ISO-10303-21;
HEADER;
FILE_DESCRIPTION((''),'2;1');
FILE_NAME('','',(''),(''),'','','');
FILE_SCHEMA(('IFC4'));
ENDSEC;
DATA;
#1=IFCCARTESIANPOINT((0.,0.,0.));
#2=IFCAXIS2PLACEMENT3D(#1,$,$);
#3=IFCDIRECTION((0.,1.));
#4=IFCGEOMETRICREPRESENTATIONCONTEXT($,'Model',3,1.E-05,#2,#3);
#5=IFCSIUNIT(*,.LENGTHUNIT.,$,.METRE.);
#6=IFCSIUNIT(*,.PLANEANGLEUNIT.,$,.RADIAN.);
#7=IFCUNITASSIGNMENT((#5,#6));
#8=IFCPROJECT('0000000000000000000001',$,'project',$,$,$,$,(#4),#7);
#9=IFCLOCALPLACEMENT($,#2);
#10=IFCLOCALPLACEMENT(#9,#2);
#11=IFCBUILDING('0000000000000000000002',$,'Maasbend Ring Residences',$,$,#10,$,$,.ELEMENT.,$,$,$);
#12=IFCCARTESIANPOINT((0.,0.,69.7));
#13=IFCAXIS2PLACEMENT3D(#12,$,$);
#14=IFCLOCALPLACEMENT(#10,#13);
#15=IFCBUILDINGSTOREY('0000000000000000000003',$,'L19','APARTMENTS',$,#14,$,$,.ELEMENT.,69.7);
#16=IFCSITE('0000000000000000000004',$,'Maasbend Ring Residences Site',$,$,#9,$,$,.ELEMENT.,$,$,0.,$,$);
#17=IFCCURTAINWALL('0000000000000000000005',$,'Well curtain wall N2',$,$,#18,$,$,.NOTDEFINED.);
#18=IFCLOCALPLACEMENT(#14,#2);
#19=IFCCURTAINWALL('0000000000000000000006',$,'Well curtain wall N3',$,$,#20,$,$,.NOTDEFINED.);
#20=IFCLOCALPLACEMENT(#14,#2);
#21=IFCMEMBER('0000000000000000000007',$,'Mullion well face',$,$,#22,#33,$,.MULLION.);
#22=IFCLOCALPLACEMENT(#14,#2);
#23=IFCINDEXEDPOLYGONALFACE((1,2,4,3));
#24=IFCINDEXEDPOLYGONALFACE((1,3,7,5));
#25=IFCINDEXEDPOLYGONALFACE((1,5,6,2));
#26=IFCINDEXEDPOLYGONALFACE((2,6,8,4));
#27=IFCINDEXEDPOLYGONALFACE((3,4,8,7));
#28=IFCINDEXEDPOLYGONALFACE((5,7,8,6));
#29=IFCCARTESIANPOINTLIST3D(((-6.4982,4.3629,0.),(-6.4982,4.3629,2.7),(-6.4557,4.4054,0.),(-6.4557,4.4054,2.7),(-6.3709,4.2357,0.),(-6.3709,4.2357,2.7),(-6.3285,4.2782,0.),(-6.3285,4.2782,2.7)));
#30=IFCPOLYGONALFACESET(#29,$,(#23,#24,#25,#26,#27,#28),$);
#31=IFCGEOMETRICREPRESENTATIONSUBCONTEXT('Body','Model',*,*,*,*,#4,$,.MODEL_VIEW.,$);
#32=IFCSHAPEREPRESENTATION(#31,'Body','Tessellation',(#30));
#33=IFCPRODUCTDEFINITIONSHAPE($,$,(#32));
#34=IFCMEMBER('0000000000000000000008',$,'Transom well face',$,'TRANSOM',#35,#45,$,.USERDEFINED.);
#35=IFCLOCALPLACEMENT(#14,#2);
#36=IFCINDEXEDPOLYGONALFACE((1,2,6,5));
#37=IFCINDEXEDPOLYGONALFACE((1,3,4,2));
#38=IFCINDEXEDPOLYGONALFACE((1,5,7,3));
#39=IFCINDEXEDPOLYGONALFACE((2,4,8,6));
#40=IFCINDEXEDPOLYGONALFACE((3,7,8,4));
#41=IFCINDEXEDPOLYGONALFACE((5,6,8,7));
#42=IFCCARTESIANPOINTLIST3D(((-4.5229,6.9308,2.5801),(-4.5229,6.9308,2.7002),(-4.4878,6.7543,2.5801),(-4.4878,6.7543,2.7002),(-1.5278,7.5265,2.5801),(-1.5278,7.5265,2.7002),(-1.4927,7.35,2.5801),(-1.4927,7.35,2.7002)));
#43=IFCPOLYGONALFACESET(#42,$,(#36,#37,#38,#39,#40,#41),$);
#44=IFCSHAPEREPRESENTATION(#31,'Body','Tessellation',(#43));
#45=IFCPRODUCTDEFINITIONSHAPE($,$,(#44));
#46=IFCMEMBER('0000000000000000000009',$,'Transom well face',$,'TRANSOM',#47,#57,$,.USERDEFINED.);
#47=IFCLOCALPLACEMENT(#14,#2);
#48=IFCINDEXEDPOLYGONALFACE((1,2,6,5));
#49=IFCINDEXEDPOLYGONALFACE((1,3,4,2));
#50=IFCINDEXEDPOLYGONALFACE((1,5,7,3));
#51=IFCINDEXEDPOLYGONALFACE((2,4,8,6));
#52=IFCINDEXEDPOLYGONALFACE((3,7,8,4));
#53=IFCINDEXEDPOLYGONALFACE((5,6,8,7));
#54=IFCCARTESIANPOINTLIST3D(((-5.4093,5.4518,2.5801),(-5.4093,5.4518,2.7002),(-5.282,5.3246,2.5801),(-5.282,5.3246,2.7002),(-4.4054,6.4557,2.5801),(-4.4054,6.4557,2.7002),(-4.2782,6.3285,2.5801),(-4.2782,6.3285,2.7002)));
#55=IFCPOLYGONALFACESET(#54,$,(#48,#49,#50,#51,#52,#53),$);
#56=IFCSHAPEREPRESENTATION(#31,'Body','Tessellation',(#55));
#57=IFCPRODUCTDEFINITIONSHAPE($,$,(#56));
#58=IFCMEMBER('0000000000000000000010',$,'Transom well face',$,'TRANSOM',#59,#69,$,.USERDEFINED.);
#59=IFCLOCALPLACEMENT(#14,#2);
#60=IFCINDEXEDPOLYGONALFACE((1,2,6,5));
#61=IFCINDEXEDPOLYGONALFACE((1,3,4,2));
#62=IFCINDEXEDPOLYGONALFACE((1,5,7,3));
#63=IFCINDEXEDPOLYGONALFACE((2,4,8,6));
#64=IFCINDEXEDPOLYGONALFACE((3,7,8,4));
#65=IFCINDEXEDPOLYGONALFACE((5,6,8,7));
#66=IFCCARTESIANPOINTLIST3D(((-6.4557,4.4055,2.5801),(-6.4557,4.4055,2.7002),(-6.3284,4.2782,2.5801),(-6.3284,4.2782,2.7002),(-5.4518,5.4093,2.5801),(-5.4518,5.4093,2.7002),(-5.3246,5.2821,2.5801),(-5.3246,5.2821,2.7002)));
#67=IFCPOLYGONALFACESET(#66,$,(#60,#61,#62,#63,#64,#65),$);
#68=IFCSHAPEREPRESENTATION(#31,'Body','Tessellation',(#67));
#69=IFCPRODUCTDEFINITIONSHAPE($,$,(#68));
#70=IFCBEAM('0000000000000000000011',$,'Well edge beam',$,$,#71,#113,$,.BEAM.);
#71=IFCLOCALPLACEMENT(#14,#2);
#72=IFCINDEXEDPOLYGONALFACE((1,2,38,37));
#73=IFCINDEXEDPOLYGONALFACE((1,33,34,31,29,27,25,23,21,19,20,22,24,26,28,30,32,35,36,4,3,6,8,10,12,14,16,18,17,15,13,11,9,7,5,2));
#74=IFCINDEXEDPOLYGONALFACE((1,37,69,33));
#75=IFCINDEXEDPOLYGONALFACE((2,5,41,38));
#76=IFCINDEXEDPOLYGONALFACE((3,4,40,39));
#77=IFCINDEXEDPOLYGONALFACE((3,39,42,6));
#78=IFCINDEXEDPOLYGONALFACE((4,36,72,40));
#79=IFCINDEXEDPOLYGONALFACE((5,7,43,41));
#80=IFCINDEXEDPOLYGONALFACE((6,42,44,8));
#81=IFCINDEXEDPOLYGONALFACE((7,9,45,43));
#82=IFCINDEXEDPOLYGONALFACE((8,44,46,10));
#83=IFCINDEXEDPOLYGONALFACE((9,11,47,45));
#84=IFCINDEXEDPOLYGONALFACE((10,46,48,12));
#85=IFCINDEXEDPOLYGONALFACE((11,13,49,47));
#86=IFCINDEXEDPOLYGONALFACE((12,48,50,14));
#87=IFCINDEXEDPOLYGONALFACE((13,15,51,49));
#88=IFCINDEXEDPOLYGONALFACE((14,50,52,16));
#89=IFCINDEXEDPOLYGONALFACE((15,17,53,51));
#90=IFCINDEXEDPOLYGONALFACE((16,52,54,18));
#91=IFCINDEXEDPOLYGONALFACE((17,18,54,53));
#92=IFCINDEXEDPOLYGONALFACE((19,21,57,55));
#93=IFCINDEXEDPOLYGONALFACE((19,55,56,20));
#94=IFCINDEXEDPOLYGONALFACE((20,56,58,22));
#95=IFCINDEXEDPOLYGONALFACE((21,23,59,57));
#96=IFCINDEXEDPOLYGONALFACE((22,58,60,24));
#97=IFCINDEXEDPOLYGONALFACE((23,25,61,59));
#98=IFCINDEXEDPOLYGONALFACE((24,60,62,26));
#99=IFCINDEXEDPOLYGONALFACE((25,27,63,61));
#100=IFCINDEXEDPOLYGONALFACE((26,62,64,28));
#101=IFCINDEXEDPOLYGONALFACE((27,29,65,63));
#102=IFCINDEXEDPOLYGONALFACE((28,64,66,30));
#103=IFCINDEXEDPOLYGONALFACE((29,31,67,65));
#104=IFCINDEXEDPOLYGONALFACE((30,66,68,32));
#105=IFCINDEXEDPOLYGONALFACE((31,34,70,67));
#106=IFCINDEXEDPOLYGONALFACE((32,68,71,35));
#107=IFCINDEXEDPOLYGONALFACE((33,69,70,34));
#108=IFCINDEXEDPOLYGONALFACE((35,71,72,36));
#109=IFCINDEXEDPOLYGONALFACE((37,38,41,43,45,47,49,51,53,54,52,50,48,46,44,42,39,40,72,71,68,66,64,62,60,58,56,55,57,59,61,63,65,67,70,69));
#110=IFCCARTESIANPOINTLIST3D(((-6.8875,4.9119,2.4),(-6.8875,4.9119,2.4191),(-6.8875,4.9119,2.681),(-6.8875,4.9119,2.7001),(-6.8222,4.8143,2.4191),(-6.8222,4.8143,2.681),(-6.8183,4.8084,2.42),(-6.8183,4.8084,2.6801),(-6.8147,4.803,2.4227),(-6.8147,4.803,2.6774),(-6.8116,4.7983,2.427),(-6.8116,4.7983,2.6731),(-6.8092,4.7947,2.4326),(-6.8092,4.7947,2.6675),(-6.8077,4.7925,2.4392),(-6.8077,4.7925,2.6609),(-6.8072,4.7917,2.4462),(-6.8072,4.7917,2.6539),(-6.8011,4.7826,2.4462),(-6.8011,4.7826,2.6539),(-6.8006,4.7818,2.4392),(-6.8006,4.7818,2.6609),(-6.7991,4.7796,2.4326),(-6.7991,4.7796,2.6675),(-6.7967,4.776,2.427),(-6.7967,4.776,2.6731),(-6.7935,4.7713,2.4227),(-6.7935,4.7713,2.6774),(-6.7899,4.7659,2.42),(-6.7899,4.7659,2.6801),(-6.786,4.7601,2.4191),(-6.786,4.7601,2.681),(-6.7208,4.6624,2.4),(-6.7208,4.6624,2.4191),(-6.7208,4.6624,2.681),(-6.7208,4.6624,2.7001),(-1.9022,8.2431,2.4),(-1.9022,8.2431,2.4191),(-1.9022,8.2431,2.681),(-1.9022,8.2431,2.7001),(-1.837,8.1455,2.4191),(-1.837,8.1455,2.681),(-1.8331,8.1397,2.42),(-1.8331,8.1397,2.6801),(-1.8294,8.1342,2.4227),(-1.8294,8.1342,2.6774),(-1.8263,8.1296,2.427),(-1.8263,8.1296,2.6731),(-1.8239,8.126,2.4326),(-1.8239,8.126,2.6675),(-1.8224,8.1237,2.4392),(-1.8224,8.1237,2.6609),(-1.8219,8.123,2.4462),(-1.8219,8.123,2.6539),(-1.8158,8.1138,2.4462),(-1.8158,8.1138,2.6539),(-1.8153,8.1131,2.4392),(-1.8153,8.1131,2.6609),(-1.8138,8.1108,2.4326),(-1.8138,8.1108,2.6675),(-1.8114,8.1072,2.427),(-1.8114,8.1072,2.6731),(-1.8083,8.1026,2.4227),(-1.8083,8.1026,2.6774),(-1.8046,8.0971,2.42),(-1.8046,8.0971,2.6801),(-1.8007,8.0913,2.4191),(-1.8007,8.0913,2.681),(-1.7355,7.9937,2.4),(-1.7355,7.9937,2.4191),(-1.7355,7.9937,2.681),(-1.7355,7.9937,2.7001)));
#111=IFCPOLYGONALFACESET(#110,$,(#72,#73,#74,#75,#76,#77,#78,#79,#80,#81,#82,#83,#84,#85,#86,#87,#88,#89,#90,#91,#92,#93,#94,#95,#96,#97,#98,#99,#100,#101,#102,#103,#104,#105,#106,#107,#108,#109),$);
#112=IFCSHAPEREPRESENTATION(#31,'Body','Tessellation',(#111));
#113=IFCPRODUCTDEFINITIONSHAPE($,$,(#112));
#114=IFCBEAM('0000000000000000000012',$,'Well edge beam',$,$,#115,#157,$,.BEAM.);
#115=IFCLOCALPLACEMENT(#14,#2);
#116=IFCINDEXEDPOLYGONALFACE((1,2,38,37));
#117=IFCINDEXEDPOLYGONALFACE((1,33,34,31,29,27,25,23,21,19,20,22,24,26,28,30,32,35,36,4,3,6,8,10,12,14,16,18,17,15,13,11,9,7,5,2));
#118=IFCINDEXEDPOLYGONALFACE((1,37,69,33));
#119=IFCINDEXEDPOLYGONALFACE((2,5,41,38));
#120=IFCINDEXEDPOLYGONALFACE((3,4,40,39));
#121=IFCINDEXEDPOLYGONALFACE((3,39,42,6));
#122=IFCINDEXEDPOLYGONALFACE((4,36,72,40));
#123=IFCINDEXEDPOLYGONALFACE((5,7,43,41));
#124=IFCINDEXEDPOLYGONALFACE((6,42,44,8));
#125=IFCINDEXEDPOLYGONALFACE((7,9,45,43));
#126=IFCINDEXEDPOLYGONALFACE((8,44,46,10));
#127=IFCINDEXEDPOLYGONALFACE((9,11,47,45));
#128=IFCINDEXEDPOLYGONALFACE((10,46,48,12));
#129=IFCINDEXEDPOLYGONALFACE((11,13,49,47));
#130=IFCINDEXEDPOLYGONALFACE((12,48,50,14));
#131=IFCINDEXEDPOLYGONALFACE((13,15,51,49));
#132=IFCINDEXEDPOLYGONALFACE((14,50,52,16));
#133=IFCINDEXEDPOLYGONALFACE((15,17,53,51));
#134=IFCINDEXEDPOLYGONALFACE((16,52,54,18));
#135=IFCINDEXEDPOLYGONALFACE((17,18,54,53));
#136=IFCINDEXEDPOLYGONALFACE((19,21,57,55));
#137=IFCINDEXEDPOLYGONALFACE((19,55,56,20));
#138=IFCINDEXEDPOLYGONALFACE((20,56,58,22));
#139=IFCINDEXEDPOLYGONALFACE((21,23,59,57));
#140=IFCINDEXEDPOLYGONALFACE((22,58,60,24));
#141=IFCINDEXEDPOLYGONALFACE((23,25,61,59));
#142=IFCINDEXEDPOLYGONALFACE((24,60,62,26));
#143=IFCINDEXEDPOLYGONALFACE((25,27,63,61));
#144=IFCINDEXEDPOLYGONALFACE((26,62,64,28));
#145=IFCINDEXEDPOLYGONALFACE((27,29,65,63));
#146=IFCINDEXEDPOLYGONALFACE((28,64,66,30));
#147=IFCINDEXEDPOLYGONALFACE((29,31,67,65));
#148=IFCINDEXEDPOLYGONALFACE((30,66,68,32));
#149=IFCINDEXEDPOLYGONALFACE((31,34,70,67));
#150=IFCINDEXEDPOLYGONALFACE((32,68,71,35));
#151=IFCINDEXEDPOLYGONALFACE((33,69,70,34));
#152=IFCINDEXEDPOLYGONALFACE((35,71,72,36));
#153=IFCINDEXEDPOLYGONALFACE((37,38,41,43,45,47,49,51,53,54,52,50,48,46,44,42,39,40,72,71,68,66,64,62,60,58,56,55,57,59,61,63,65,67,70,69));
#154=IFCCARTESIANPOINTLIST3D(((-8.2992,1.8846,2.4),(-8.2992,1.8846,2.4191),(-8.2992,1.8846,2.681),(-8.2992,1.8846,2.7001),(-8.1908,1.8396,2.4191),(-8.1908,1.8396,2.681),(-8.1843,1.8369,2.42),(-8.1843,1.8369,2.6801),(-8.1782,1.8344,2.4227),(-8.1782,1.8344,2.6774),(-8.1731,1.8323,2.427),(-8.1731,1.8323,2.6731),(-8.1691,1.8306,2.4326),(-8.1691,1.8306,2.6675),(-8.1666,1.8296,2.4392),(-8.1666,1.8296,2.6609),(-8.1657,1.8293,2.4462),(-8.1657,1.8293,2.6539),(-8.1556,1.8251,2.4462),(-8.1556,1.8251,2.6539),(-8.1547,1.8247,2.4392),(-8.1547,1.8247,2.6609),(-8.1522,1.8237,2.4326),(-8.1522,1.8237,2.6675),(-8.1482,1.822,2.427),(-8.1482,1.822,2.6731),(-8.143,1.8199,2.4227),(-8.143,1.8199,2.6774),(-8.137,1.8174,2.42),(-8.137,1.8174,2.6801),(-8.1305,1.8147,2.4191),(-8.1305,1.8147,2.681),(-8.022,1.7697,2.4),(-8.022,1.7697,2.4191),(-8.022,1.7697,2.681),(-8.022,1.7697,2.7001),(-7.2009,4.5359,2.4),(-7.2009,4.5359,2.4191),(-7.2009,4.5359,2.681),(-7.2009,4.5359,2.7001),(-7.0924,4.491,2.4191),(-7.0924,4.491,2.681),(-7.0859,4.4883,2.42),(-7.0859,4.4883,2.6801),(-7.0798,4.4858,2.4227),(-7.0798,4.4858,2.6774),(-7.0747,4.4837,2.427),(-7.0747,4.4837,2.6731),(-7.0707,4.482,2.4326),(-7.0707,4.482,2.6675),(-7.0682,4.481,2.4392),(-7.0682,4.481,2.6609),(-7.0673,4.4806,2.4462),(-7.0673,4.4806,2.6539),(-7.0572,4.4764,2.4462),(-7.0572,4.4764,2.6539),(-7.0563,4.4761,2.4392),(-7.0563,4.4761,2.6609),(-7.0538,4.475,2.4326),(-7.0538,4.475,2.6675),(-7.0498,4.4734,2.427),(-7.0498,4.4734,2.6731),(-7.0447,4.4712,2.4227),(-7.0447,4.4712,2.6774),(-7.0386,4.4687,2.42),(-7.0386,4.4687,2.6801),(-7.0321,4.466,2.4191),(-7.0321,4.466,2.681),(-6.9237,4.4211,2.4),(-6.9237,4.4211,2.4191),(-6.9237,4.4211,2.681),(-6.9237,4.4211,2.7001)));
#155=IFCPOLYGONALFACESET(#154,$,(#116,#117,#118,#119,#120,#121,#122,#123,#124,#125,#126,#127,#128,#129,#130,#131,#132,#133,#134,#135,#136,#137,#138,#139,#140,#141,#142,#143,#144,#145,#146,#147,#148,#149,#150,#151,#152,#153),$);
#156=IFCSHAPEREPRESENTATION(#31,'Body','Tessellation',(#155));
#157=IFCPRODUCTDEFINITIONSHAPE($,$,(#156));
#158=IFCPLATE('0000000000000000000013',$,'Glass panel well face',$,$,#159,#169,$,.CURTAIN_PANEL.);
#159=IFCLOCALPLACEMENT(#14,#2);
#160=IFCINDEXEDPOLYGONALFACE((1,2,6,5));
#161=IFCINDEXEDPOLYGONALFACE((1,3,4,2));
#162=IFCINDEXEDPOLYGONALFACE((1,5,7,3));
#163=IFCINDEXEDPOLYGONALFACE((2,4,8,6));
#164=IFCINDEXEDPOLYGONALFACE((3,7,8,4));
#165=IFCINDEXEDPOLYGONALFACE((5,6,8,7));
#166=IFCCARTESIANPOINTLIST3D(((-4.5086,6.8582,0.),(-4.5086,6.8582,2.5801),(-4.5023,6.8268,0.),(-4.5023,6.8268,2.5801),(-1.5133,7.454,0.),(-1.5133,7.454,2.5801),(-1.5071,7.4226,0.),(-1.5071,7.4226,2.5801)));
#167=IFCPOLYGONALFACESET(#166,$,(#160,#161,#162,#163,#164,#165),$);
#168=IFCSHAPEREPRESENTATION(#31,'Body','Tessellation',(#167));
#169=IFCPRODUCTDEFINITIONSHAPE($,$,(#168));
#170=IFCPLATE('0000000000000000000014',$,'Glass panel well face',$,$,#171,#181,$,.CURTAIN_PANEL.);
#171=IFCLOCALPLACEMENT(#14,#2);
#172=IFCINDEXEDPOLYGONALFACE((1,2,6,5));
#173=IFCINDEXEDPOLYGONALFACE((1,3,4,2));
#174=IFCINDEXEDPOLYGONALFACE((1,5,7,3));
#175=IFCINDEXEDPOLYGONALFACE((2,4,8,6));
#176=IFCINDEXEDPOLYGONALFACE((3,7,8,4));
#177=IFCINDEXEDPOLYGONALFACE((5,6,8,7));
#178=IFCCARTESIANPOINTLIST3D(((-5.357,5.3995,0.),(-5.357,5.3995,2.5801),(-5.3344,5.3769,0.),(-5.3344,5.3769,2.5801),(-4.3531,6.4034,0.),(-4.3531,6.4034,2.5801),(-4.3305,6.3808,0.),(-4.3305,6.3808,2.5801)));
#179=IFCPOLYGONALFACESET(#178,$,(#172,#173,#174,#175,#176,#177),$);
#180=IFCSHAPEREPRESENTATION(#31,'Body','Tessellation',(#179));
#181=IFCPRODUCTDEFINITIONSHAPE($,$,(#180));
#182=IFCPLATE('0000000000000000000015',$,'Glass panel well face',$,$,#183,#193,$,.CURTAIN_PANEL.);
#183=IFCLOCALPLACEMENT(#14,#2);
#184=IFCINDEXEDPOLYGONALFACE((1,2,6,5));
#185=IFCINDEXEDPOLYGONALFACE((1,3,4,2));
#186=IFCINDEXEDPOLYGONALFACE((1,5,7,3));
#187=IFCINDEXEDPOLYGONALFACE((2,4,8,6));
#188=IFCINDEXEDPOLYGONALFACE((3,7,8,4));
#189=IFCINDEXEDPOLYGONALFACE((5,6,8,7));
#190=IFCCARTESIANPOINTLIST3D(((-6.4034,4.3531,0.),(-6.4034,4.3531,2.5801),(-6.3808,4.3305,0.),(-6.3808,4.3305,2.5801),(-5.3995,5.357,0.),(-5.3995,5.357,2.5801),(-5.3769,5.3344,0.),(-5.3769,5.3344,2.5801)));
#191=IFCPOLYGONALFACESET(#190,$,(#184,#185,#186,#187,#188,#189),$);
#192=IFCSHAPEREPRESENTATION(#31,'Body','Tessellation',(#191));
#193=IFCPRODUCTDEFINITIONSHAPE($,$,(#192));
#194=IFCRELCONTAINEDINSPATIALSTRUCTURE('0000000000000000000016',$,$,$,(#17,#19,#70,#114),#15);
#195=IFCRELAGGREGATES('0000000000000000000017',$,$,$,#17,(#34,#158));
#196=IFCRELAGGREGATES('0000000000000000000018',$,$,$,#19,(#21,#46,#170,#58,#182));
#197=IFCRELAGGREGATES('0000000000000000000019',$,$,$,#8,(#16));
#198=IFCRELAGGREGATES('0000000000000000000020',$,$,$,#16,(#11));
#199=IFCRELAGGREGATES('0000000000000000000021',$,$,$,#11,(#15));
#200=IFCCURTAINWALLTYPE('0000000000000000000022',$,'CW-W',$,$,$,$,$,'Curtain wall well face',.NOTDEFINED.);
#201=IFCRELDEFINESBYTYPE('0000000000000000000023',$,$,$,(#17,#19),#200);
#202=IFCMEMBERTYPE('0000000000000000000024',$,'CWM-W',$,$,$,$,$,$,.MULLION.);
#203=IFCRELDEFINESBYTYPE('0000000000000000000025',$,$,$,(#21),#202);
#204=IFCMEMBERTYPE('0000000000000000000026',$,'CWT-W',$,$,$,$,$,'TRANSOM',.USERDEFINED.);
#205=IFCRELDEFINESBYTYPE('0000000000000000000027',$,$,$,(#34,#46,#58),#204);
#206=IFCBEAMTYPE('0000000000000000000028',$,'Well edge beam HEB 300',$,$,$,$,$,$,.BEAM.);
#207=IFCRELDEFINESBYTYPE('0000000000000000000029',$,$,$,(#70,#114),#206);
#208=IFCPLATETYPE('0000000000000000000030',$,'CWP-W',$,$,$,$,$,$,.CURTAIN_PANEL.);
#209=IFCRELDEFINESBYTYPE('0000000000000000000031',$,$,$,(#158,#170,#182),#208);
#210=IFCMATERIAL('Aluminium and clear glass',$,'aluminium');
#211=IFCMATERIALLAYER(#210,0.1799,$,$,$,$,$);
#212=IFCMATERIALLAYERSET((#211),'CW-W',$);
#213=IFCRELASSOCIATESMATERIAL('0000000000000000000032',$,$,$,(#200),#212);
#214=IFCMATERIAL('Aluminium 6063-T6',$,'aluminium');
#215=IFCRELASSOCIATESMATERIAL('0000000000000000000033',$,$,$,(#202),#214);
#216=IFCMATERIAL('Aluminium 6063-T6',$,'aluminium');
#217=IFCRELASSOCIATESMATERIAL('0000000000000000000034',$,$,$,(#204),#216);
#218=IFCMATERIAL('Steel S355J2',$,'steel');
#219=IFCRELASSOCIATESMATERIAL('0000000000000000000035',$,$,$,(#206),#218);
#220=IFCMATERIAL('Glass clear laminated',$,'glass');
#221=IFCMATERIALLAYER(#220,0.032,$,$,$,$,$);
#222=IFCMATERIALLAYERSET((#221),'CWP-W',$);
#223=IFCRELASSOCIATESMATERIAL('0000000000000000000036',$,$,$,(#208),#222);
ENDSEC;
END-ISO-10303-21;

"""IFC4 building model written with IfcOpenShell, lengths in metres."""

from ifc_helpers import new_model, si_unit, direction, frame, origin, origin_2d, place, context, subcontext, project, spatial, rectangle, i_section, extrude, material, layer, layer_set, material_profile, profile_set, type_object, element, aggregate, save


model = new_model("IFC4")

# Units and contexts
model_context = context("Model", 3, precision=1e-05, world=origin(), true_north=direction((0.0, 1.0)))
body_context = subcontext(model_context, "Body", "Model", "MODEL_VIEW")
ifc_project = project(units=[si_unit("LENGTHUNIT", "METRE"), si_unit("PLANEANGLEUNIT", "RADIAN")], contexts=[model_context])

# Site, building, storey
site_placement = place(None, origin())
site = spatial("IfcSite", under=ifc_project, at=site_placement, Name="Maasbend Ring Residences Site", CompositionType="ELEMENT", RefElevation=0.0)
building_placement = place(site_placement, origin())
building = spatial("IfcBuilding", under=site, at=building_placement, Name="Maasbend Ring Residences", CompositionType="ELEMENT")
storey_placement = place(building_placement, frame((0.0, 0.0, 69.7)))
storey = spatial("IfcBuildingStorey", under=building, at=storey_placement, Name="L19", Description="APARTMENTS", CompositionType="ELEMENT", Elevation=69.7)

# Curtain walls, member
ifc_material_1 = material(Name="Aluminium and clear glass", Category="aluminium")
ifc_layer_1 = layer(ifc_material_1, 0.1799)
ifc_layer_set_1 = layer_set([ifc_layer_1], Name="CW-W")
curtain_wall_type = type_object("IfcCurtainWallType", Name="CW-W", ElementType="Curtain wall well face", PredefinedType="NOTDEFINED", material=ifc_layer_set_1)
curtain_wall_1_placement = place(storey_placement, origin())
curtain_wall_1 = element("IfcCurtainWall", 1, at=curtain_wall_1_placement, inside=storey, type_object=curtain_wall_type, Name="Well curtain wall N2", PredefinedType="NOTDEFINED")
ifc_material_2 = material(Name="Aluminium 6063-T6", Category="aluminium")
ifc_material_profile_1 = material_profile(ifc_material_2, rectangle(XDim=0.1799, YDim=0.0601, at=origin_2d()), Name="AL 180x60")
ifc_profile_set_1 = profile_set([ifc_material_profile_1], Name="Aluminium 6063-T6")
member_type_1 = type_object("IfcMemberType", Name="CWM-W", PredefinedType="MULLION", material=ifc_profile_set_1)
curtain_wall_2_placement = place(storey_placement, origin())
curtain_wall_2 = element("IfcCurtainWall", 2, at=curtain_wall_2_placement, inside=storey, type_object=curtain_wall_type, Name="Well curtain wall N3", PredefinedType="NOTDEFINED")
member_1_placement = place(storey_placement, frame((-6.4133, 4.3206, 0.0), z_axis=(0.0, 0.0, 1.0), x_axis=(0.707107, -0.707107, 0.0)))
member_1 = element("IfcMember", 3, at=member_1_placement, type_object=member_type_1, Name="Mullion well face", PredefinedType="MULLION", context=body_context, shape_type="SweptSolid", body=[
    extrude(rectangle(XDim=0.1799, YDim=0.0601, at=origin_2d()), origin(), (0.0, 0.0, 1.0), 2.7),
])

# Members
ifc_material_3 = material(Name="Aluminium 6063-T6", Category="aluminium")
ifc_material_profile_2 = material_profile(ifc_material_3, rectangle(XDim=0.1799, YDim=0.1201, at=origin_2d()), Name="AL 180x120")
ifc_profile_set_2 = profile_set([ifc_material_profile_2], Name="Aluminium 6063-T6")
member_type_2 = type_object("IfcMemberType", Name="CWT-W", ElementType="TRANSOM", PredefinedType="USERDEFINED", material=ifc_profile_set_2)
member_2_placement = place(storey_placement, frame((-1.5103, 7.4382, 2.6401), z_axis=(-0.980789, -0.195071, 0.0), x_axis=(0.195071, -0.980789, 0.0)))
member_2 = element("IfcMember", 4, at=member_2_placement, type_object=member_type_2, Name="Transom well face", ObjectType="TRANSOM", PredefinedType="USERDEFINED", context=body_context, shape_type="SweptSolid", body=[
    extrude(rectangle(XDim=0.1799, YDim=0.1201, at=origin_2d()), origin(), (0.0, 0.0, 1.0), 3.0537),
])
member_3_placement = place(storey_placement, frame((-4.3418, 6.3921, 2.6401), z_axis=(-0.707107, -0.707107, 0.0), x_axis=(0.707107, -0.707107, 0.0)))
member_3 = element("IfcMember", 5, at=member_3_placement, type_object=member_type_2, Name="Transom well face", ObjectType="TRANSOM", PredefinedType="USERDEFINED", context=body_context, shape_type="SweptSolid", body=[
    extrude(rectangle(XDim=0.1799, YDim=0.1201, at=origin_2d()), origin(), (0.0, 0.0, 1.0), 1.4197),
])
member_4_placement = place(storey_placement, frame((-5.3882, 5.3457, 2.6401), z_axis=(-0.707107, -0.707107, 0.0), x_axis=(0.707107, -0.707107, 0.0)))
member_4 = element("IfcMember", 6, at=member_4_placement, type_object=member_type_2, Name="Transom well face", ObjectType="TRANSOM", PredefinedType="USERDEFINED", context=body_context, shape_type="SweptSolid", body=[
    extrude(rectangle(XDim=0.1799, YDim=0.1201, at=origin_2d()), origin(), (0.0, 0.0, 1.0), 1.4197),
])

# Beams
ifc_material_4 = material(Name="Steel S355J2", Category="steel")
ifc_material_profile_3 = material_profile(ifc_material_4, i_section(OverallWidth=0.3, OverallDepth=0.3, WebThickness=0.011, FlangeThickness=0.019, FilletRadius=0.0271, at=origin_2d()), Name="HEB 300")
ifc_profile_set_3 = profile_set([ifc_material_profile_3], Name="Steel S355J2")
beam_type = type_object("IfcBeamType", Name="Well edge beam HEB 300", PredefinedType="BEAM", material=ifc_profile_set_3)
beam_1_placement = place(storey_placement, frame((-1.8188, 8.1184, 2.55), z_axis=(-0.831455, -0.555593, 0.0), x_axis=(0.555593, -0.831455, 0.0)))
element("IfcBeam", 7, at=beam_1_placement, inside=storey, type_object=beam_type, Name="Well edge beam", PredefinedType="BEAM", context=body_context, shape_type="SweptSolid", body=[
    extrude(i_section(OverallWidth=0.3, OverallDepth=0.3, WebThickness=0.011, FlangeThickness=0.019, FilletRadius=0.0271, at=origin_2d()), origin(), (0.0, 0.0, 1.0), 5.9958),
])
beam_2_placement = place(storey_placement, frame((-7.0623, 4.4785, 2.55), z_axis=(-0.38273, -0.92386, 0.0), x_axis=(0.92386, -0.38273, 0.0)))
element("IfcBeam", 8, at=beam_2_placement, inside=storey, type_object=beam_type, Name="Well edge beam", PredefinedType="BEAM", context=body_context, shape_type="SweptSolid", body=[
    extrude(i_section(OverallWidth=0.3, OverallDepth=0.3, WebThickness=0.011, FlangeThickness=0.019, FilletRadius=0.0271, at=origin_2d()), origin(), (0.0, 0.0, 1.0), 2.8699),
])

# Plates
ifc_material_5 = material(Name="Glass clear laminated", Category="glass")
ifc_layer_2 = layer(ifc_material_5, 0.032)
ifc_layer_set_2 = layer_set([ifc_layer_2], Name="CWP-W")
plate_type = type_object("IfcPlateType", Name="CWP-W", PredefinedType="CURTAIN_PANEL", material=ifc_layer_set_2)
plate_1_placement = place(storey_placement, frame((-3.0078, 7.1404, 0.0), z_axis=(0.0, 0.0, 1.0), x_axis=(-0.980785, -0.19509, 0.0)))
plate_1 = element("IfcPlate", 9, at=plate_1_placement, type_object=plate_type, Name="Glass panel well face", PredefinedType="CURTAIN_PANEL", context=body_context, shape_type="SweptSolid", body=[
    extrude(rectangle(XDim=3.054, YDim=0.032, at=origin_2d()), origin(), (0.0, 0.0, 1.0), 2.5801),
])
aggregate(curtain_wall_1, [member_2, plate_1])
plate_2_placement = place(storey_placement, frame((-4.8438, 5.8901, 0.0), z_axis=(0.0, 0.0, 1.0), x_axis=(-0.707107, -0.707107, 0.0)))
plate_2 = element("IfcPlate", 10, at=plate_2_placement, type_object=plate_type, Name="Glass panel well face", PredefinedType="CURTAIN_PANEL", context=body_context, shape_type="SweptSolid", body=[
    extrude(rectangle(XDim=1.4197, YDim=0.032, at=origin_2d()), origin(), (0.0, 0.0, 1.0), 2.5801),
])
plate_3_placement = place(storey_placement, frame((-5.8901, 4.8438, 0.0), z_axis=(0.0, 0.0, 1.0), x_axis=(-0.707107, -0.707107, 0.0)))
plate_3 = element("IfcPlate", 11, at=plate_3_placement, type_object=plate_type, Name="Glass panel well face", PredefinedType="CURTAIN_PANEL", context=body_context, shape_type="SweptSolid", body=[
    extrude(rectangle(XDim=1.4197, YDim=0.032, at=origin_2d()), origin(), (0.0, 0.0, 1.0), 2.5801),
])
aggregate(curtain_wall_2, [member_1, member_3, plate_2, member_4, plate_3])

save(model, "model.ifc")
